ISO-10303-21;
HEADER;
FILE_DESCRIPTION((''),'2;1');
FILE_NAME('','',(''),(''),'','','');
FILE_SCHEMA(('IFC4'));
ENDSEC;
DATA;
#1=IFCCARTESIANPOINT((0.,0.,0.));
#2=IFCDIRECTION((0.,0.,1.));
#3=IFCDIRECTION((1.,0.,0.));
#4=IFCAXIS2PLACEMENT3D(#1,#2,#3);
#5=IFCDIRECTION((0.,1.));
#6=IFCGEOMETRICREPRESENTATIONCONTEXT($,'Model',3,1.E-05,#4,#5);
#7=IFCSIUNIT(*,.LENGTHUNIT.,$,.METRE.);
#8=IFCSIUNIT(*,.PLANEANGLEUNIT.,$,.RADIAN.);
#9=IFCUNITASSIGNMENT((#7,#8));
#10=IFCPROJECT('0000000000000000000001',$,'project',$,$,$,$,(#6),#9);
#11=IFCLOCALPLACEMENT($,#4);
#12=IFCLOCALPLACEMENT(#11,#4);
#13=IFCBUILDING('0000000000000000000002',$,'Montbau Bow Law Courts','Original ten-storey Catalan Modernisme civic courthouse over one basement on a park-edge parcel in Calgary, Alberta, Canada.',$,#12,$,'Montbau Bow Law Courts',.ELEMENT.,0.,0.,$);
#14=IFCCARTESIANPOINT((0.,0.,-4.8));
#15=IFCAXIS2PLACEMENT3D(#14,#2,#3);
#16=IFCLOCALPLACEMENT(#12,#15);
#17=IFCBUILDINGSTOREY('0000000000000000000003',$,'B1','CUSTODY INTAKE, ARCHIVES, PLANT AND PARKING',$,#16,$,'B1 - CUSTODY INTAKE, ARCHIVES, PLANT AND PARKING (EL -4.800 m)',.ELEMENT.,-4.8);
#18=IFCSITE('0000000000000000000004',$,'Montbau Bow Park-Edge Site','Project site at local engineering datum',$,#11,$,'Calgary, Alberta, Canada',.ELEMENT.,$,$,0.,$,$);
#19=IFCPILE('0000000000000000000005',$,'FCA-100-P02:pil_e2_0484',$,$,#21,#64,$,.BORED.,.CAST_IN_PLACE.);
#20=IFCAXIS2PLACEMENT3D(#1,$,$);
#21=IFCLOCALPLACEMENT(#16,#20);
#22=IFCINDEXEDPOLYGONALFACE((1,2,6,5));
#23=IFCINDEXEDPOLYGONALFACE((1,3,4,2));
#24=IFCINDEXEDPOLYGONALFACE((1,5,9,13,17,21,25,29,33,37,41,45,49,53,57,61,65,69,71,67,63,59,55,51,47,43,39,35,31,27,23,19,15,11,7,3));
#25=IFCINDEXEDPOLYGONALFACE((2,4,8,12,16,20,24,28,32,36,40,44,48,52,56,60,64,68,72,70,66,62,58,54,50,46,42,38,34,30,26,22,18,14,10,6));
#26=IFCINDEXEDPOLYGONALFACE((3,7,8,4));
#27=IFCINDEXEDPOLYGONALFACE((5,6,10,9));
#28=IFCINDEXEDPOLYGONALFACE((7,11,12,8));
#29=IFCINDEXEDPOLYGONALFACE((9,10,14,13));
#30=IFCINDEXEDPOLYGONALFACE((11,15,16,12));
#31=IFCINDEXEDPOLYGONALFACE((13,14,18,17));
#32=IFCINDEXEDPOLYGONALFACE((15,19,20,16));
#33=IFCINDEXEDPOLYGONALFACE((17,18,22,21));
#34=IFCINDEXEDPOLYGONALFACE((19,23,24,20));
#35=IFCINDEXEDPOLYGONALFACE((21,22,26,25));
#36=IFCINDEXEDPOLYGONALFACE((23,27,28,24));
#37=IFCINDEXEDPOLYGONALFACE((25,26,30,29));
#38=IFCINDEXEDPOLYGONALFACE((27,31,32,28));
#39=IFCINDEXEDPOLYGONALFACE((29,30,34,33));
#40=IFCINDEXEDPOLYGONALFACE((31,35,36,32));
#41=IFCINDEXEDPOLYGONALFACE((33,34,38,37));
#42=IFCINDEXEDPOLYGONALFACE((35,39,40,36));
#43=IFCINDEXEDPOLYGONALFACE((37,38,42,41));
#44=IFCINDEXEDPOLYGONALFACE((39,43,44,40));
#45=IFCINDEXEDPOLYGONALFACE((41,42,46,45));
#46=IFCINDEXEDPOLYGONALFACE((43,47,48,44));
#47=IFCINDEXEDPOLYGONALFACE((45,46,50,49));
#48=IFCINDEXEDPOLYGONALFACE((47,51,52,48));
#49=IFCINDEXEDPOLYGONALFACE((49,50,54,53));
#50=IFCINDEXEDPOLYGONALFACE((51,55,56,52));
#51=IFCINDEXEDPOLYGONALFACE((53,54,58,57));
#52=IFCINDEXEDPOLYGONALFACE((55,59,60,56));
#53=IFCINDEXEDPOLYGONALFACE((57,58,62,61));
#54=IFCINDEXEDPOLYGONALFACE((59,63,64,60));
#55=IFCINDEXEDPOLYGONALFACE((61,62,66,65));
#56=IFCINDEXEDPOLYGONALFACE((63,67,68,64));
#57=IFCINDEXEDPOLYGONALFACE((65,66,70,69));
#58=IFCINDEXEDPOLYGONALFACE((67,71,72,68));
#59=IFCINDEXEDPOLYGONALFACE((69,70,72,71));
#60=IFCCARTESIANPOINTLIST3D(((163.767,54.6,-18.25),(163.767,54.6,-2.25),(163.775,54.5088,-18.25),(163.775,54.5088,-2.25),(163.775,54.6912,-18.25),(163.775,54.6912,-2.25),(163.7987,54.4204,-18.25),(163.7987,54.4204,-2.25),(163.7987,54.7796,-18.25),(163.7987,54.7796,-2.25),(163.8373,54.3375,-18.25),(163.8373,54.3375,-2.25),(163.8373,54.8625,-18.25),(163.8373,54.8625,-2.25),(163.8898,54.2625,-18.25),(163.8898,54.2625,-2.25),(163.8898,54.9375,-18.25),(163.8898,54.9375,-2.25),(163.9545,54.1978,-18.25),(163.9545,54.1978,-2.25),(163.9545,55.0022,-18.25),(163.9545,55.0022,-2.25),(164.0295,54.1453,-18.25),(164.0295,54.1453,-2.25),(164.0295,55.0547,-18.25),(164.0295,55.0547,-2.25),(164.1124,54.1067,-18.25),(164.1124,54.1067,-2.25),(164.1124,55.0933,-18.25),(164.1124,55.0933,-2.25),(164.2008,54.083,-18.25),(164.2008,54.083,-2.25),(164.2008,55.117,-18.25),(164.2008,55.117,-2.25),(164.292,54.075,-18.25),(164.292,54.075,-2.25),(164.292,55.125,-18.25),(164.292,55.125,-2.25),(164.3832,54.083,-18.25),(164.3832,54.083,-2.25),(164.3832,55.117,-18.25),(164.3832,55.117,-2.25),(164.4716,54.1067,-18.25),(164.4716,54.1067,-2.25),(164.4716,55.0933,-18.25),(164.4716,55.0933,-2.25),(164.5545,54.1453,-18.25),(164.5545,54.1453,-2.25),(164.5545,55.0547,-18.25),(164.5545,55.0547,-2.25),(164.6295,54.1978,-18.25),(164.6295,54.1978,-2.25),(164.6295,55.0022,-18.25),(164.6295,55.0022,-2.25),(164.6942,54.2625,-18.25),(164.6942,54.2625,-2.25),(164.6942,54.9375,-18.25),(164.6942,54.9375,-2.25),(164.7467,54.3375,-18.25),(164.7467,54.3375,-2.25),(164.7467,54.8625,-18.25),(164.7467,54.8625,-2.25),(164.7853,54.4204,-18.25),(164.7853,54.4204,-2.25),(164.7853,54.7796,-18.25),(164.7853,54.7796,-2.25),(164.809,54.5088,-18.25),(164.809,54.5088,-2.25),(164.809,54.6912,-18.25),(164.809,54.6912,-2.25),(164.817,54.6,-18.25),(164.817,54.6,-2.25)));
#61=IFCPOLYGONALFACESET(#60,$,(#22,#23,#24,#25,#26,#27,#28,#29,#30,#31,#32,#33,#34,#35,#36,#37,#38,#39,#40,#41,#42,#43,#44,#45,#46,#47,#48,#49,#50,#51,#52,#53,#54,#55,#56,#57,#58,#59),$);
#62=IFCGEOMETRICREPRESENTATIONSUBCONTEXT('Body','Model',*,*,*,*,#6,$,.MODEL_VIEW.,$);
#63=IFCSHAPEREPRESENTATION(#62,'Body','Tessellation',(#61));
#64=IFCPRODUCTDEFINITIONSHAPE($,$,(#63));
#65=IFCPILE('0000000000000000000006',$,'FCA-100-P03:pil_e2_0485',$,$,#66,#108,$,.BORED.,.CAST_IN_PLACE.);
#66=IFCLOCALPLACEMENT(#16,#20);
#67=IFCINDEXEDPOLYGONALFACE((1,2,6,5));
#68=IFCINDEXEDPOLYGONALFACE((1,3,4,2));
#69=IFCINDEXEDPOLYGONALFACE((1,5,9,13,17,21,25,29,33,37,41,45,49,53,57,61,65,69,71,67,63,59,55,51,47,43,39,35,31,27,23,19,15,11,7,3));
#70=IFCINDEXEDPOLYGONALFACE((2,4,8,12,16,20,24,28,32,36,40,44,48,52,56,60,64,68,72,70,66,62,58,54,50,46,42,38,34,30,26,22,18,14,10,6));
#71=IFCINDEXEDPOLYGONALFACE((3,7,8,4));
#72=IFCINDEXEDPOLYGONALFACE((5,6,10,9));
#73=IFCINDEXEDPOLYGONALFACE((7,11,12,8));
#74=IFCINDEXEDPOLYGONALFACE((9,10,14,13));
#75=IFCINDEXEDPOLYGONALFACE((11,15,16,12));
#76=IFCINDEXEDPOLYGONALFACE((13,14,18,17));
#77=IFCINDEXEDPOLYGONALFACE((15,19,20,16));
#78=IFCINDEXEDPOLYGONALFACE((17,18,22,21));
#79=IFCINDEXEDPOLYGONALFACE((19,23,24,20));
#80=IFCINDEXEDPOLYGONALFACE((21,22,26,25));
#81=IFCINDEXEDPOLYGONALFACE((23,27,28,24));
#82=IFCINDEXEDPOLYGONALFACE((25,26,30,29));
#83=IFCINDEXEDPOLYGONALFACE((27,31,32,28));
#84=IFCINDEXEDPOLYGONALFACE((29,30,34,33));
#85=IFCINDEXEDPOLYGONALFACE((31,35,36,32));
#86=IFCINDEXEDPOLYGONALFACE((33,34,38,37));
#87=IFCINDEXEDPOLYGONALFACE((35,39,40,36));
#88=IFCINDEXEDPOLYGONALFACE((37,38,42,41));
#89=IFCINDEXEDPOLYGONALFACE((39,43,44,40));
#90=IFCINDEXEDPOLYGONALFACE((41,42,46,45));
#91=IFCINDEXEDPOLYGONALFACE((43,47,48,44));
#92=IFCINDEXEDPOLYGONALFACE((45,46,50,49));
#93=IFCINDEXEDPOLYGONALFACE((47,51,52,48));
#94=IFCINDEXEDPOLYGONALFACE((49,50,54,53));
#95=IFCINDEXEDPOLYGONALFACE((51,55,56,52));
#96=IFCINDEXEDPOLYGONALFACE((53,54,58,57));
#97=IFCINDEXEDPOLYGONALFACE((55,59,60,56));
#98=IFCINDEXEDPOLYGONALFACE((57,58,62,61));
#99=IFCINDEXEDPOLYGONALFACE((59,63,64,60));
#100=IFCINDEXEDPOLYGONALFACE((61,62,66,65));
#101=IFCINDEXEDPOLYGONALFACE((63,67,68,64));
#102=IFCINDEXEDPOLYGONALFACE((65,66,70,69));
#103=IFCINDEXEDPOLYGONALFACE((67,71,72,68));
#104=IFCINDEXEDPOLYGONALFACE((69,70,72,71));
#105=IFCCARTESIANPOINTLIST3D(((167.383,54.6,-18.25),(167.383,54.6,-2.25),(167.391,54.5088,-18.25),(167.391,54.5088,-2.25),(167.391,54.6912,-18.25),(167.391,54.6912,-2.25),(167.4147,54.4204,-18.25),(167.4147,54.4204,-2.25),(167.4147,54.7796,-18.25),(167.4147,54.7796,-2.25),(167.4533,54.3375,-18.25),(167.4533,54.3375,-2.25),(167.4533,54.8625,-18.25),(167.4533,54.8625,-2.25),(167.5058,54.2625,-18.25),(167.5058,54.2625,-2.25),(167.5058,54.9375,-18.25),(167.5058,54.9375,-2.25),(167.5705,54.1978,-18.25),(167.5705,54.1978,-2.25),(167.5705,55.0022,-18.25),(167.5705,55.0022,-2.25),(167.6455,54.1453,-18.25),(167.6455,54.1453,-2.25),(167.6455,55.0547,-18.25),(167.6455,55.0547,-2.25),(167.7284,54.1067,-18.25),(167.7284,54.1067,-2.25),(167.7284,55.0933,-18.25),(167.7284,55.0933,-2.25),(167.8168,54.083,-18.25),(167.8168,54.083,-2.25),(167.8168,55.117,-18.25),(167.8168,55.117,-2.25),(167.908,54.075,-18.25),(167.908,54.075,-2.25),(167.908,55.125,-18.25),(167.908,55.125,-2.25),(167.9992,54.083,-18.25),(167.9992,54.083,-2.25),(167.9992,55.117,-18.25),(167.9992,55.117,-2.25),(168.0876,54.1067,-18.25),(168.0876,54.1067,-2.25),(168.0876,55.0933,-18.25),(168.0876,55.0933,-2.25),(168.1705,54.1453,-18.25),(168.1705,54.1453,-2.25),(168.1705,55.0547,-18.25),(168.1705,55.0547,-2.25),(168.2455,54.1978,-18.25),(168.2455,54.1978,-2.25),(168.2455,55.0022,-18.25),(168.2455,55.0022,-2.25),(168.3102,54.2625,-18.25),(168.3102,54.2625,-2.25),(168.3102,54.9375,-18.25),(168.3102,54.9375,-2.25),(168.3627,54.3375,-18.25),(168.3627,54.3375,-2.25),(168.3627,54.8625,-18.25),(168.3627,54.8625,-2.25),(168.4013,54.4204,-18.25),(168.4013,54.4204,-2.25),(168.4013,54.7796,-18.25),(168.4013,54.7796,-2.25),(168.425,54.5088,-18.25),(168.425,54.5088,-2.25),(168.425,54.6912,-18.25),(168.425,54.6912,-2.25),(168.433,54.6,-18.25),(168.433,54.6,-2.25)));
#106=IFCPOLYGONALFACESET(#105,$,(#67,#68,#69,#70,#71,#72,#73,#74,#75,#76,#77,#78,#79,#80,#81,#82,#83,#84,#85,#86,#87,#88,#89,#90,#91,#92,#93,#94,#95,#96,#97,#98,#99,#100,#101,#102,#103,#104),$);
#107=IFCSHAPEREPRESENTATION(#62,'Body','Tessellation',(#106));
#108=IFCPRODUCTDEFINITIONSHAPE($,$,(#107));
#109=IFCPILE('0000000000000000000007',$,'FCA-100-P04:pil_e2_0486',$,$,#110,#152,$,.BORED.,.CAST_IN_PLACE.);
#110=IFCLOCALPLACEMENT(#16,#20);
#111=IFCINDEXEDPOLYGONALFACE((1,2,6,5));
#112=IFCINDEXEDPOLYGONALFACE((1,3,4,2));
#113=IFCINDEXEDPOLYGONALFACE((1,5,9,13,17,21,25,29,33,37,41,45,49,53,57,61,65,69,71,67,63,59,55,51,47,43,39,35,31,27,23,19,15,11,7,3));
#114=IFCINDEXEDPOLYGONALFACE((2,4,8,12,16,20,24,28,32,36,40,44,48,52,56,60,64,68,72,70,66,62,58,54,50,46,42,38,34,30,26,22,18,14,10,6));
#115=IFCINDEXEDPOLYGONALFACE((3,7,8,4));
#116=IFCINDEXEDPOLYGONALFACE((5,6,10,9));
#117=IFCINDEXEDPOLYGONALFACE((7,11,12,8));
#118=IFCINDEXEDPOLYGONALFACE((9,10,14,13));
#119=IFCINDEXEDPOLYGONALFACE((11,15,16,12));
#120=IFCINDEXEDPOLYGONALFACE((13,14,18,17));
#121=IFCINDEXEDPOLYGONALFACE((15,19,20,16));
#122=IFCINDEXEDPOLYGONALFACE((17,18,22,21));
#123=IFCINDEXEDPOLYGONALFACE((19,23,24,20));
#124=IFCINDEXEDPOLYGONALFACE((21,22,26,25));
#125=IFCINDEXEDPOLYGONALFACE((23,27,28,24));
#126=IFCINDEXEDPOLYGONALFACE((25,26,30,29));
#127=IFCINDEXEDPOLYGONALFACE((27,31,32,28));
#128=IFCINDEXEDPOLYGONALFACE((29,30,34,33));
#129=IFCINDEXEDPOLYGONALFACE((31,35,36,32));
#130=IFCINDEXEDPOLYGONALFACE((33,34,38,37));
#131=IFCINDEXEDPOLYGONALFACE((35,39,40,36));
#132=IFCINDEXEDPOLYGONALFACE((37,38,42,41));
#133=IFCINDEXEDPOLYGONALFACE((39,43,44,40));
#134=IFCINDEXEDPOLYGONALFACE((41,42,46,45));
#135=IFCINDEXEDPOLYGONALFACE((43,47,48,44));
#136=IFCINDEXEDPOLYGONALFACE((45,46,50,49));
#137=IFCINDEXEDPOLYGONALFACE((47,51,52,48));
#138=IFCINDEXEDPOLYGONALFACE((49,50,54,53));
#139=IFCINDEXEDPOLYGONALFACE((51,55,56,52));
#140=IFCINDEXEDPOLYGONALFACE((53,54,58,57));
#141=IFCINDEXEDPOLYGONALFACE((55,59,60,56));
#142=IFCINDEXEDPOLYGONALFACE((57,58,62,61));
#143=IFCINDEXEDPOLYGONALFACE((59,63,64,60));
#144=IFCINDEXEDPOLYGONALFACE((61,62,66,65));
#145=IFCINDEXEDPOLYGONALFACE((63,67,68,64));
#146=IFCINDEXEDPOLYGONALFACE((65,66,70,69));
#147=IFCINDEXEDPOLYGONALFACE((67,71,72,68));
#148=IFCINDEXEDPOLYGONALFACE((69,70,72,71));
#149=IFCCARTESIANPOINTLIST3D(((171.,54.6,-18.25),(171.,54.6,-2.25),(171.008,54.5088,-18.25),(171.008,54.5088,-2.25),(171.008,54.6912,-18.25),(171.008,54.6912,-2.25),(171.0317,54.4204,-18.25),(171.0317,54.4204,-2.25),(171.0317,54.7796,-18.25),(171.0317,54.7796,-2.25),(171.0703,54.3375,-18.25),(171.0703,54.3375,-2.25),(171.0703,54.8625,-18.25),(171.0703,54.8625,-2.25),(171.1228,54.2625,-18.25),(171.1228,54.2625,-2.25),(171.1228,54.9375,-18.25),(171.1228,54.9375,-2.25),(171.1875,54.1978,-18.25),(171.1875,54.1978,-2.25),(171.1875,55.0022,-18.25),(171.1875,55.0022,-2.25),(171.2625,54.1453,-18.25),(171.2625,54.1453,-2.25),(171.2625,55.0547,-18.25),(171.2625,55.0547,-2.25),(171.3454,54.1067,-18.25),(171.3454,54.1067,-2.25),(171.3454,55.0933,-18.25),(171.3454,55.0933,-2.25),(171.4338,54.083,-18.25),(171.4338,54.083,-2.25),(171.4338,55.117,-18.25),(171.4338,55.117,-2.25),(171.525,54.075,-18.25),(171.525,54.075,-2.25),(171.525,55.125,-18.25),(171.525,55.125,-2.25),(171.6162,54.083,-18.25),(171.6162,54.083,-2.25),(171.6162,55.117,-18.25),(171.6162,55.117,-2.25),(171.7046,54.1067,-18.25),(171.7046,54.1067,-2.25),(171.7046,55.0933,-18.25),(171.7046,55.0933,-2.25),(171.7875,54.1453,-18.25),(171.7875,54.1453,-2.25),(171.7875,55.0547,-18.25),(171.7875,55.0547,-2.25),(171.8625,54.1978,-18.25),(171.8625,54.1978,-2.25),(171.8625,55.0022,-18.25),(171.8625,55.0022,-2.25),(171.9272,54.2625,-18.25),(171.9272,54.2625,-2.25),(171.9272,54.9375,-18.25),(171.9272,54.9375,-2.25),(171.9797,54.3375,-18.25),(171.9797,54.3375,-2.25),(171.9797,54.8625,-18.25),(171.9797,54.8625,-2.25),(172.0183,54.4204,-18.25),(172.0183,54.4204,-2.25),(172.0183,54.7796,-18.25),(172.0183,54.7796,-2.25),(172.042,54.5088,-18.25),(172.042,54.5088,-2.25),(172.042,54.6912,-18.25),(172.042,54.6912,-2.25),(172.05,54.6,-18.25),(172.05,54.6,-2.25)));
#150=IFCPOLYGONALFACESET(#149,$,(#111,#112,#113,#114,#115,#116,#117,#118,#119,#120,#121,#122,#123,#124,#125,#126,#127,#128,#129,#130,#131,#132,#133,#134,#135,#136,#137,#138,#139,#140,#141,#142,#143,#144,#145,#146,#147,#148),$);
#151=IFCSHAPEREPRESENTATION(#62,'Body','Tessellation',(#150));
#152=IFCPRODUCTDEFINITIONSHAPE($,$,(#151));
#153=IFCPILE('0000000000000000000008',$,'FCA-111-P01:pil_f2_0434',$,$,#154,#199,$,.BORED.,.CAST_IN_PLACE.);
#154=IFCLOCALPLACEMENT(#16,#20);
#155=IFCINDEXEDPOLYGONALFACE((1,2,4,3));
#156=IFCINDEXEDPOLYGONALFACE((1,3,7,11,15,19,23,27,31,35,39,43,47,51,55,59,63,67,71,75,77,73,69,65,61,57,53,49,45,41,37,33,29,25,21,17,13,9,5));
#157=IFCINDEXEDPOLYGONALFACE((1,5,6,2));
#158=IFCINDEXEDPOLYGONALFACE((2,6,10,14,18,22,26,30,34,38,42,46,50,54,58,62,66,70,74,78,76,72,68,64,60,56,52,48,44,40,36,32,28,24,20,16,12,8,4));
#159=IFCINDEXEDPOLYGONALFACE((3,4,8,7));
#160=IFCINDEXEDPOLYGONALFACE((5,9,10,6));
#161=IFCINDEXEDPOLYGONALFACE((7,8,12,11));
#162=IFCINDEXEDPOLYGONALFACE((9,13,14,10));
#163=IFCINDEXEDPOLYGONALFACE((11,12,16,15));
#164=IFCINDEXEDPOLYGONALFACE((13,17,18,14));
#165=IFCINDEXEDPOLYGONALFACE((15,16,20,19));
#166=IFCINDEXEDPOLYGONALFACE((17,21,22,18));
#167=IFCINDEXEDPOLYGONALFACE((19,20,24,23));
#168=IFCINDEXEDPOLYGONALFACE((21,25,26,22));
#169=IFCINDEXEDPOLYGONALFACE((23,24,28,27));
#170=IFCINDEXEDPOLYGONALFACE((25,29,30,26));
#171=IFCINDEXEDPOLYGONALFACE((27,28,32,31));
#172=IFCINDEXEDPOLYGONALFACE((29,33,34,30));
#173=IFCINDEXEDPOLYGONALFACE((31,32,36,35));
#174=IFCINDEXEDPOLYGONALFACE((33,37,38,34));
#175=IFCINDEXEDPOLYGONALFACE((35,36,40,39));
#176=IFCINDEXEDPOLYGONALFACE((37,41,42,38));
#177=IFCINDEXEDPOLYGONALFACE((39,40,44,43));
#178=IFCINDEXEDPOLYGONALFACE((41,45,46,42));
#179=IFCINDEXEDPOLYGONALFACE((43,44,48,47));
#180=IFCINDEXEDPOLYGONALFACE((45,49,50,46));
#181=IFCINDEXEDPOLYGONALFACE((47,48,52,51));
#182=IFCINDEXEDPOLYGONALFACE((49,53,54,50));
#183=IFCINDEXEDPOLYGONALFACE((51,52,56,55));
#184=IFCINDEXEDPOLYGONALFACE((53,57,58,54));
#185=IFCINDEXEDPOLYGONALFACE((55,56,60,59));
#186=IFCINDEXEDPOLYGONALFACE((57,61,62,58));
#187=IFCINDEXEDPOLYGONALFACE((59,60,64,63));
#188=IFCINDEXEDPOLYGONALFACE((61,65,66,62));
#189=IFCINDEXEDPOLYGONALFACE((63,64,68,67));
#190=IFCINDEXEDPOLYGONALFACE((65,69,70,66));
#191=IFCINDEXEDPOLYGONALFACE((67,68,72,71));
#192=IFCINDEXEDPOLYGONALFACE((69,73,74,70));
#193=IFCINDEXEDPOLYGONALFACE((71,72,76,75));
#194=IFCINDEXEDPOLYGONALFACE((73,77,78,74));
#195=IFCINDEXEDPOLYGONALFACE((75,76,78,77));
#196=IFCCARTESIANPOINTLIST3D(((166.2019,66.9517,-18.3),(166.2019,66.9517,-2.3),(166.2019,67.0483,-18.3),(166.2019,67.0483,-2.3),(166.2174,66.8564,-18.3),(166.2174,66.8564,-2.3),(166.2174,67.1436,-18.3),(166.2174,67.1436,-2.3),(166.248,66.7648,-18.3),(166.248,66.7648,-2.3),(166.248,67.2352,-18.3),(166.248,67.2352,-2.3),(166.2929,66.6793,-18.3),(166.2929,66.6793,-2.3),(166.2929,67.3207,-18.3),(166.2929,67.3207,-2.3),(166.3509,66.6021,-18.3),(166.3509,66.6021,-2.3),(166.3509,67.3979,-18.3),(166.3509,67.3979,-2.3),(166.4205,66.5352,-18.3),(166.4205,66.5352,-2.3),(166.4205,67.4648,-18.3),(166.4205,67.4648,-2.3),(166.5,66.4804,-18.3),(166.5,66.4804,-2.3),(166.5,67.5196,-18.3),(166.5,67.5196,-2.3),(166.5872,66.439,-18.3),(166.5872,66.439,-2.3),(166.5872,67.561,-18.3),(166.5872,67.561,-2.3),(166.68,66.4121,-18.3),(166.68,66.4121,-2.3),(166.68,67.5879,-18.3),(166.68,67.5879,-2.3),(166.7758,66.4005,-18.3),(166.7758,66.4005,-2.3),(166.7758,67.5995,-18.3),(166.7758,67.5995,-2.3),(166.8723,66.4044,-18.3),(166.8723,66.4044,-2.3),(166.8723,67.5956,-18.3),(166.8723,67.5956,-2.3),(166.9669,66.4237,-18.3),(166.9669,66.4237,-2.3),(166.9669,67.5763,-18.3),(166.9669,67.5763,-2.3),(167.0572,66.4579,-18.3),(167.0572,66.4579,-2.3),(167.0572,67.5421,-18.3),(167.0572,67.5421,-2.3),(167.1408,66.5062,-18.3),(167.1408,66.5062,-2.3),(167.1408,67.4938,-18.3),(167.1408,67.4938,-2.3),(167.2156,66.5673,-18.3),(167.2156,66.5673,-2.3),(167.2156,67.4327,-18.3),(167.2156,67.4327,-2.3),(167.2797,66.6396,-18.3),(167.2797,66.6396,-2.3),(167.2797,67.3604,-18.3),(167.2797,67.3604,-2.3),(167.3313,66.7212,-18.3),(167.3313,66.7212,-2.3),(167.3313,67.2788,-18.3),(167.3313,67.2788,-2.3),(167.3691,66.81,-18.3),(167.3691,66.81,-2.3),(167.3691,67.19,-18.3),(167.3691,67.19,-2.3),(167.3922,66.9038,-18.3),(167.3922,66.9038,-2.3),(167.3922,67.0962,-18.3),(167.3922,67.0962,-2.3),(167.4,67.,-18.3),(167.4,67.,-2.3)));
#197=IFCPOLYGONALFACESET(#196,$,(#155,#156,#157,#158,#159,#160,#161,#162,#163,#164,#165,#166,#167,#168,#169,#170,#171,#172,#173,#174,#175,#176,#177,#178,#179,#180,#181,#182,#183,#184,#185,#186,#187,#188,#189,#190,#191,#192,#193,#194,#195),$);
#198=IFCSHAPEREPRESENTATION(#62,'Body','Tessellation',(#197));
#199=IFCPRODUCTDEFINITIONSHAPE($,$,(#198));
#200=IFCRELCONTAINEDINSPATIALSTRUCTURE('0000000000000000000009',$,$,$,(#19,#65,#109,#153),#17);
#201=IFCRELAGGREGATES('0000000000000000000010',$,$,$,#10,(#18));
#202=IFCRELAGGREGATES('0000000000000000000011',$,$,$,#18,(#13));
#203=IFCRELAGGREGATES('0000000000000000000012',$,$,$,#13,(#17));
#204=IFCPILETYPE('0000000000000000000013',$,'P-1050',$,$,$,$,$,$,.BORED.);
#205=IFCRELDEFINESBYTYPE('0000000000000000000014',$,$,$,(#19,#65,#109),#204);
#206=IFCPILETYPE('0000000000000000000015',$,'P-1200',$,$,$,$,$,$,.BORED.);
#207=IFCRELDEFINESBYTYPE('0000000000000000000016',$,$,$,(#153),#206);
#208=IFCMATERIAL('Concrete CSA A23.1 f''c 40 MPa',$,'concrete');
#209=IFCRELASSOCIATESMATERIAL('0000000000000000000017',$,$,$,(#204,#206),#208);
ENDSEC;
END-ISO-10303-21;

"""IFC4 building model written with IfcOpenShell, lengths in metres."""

from ifc_helpers import new_model, si_unit, direction, frame, origin_with_axes, origin_2d_with_axis, place, context, subcontext, project, spatial, circle, extrude, material, material_profile, profile_set, type_object, element, save


model = new_model("IFC4")

# Units and contexts
model_context = context("Model", 3, precision=1e-05, world=origin_with_axes(), true_north=direction((0.0, 1.0)))
body_context = subcontext(model_context, "Body", "Model", "MODEL_VIEW")
ifc_project = project(units=[si_unit("LENGTHUNIT", "METRE"), si_unit("PLANEANGLEUNIT", "RADIAN")], contexts=[model_context])

# Site, building, storey
site_placement = place(None, origin_with_axes())
site = spatial("IfcSite", under=ifc_project, at=site_placement, Name="Montbau Bow Park-Edge Site", Description="Project site at local engineering datum", LongName="Calgary, Alberta, Canada", CompositionType="ELEMENT", RefElevation=0.0)
building_placement = place(site_placement, origin_with_axes())
building = spatial("IfcBuilding", under=site, at=building_placement, Name="Montbau Bow Law Courts", Description="Original ten-storey Catalan Modernisme civic courthouse over one basement on a park-edge parcel in Calgary, Alberta, Canada.", LongName="Montbau Bow Law Courts", CompositionType="ELEMENT", ElevationOfRefHeight=0.0, ElevationOfTerrain=0.0)
storey_placement = place(building_placement, frame((0.0, 0.0, -4.8), z_axis=(0.0, 0.0, 1.0), x_axis=(1.0, 0.0, 0.0)))
storey = spatial("IfcBuildingStorey", under=building, at=storey_placement, Name="B1", Description="CUSTODY INTAKE, ARCHIVES, PLANT AND PARKING", LongName="B1 - CUSTODY INTAKE, ARCHIVES, PLANT AND PARKING (EL -4.800 m)", CompositionType="ELEMENT", Elevation=-4.8)

# Piles
ifc_material_1 = material(Name="Concrete CSA A23.1 f'c 40 MPa", Category="concrete")
ifc_material_profile_1 = material_profile(ifc_material_1, circle(Radius=0.525, at=origin_2d_with_axis()), Name="BP1050", Category="Main", Priority=0)
ifc_profile_set_1 = profile_set([ifc_material_profile_1], Name="Concrete CSA A23.1 f'c 40 MPa")
pile_type_1 = type_object("IfcPileType", Name="P-1050", PredefinedType="BORED", material=ifc_profile_set_1)
for number, where, z_axis, x_axis, name in (
    (1, (164.292, 54.6, -23.05), (0.0, 0.0, 1.0), (1.0, 0.0, 0.0), "FCA-100-P02:pil_e2_0484"),
    (2, (167.908, 54.6, -23.05), (0.0, 0.0, 1.0), (1.0, 0.0, 0.0), "FCA-100-P03:pil_e2_0485"),
    (3, (171.525, 54.6, -23.05), (0.0, 0.0, 1.0), (1.0, 0.0, 0.0), "FCA-100-P04:pil_e2_0486"),
):
    element("IfcPile", number, at=place(None, frame(where, z_axis=z_axis, x_axis=x_axis)), inside=storey, type_object=pile_type_1, Name=name, ConstructionType="CAST_IN_PLACE", PredefinedType="BORED", context=body_context, shape_type="SweptSolid", body=[
        extrude(circle(Radius=0.525, at=origin_2d_with_axis()), origin_with_axes(), (0.0, 0.0, 1.0), 16.0),
    ])
ifc_material_profile_2 = material_profile(ifc_material_1, circle(Radius=0.6, at=origin_2d_with_axis()), Name="BP1200", Category="Main", Priority=0)
ifc_profile_set_2 = profile_set([ifc_material_profile_2], Name="Concrete CSA A23.1 f'c 40 MPa")
pile_type_2 = type_object("IfcPileType", Name="P-1200", PredefinedType="BORED", material=ifc_profile_set_2)
for number, where, z_axis, x_axis, name in (
    (4, (166.8, 67.0, -23.1), (0.0, 0.0, 1.0), (1.0, 0.0, 0.0), "FCA-111-P01:pil_f2_0434"),
):
    element("IfcPile", number, at=place(None, frame(where, z_axis=z_axis, x_axis=x_axis)), inside=storey, type_object=pile_type_2, Name=name, ConstructionType="CAST_IN_PLACE", PredefinedType="BORED", context=body_context, shape_type="SweptSolid", body=[
        extrude(circle(Radius=0.6, at=origin_2d_with_axis()), origin_with_axes(), (0.0, 0.0, 1.0), 16.0),
    ])

save(model, "model.ifc")
